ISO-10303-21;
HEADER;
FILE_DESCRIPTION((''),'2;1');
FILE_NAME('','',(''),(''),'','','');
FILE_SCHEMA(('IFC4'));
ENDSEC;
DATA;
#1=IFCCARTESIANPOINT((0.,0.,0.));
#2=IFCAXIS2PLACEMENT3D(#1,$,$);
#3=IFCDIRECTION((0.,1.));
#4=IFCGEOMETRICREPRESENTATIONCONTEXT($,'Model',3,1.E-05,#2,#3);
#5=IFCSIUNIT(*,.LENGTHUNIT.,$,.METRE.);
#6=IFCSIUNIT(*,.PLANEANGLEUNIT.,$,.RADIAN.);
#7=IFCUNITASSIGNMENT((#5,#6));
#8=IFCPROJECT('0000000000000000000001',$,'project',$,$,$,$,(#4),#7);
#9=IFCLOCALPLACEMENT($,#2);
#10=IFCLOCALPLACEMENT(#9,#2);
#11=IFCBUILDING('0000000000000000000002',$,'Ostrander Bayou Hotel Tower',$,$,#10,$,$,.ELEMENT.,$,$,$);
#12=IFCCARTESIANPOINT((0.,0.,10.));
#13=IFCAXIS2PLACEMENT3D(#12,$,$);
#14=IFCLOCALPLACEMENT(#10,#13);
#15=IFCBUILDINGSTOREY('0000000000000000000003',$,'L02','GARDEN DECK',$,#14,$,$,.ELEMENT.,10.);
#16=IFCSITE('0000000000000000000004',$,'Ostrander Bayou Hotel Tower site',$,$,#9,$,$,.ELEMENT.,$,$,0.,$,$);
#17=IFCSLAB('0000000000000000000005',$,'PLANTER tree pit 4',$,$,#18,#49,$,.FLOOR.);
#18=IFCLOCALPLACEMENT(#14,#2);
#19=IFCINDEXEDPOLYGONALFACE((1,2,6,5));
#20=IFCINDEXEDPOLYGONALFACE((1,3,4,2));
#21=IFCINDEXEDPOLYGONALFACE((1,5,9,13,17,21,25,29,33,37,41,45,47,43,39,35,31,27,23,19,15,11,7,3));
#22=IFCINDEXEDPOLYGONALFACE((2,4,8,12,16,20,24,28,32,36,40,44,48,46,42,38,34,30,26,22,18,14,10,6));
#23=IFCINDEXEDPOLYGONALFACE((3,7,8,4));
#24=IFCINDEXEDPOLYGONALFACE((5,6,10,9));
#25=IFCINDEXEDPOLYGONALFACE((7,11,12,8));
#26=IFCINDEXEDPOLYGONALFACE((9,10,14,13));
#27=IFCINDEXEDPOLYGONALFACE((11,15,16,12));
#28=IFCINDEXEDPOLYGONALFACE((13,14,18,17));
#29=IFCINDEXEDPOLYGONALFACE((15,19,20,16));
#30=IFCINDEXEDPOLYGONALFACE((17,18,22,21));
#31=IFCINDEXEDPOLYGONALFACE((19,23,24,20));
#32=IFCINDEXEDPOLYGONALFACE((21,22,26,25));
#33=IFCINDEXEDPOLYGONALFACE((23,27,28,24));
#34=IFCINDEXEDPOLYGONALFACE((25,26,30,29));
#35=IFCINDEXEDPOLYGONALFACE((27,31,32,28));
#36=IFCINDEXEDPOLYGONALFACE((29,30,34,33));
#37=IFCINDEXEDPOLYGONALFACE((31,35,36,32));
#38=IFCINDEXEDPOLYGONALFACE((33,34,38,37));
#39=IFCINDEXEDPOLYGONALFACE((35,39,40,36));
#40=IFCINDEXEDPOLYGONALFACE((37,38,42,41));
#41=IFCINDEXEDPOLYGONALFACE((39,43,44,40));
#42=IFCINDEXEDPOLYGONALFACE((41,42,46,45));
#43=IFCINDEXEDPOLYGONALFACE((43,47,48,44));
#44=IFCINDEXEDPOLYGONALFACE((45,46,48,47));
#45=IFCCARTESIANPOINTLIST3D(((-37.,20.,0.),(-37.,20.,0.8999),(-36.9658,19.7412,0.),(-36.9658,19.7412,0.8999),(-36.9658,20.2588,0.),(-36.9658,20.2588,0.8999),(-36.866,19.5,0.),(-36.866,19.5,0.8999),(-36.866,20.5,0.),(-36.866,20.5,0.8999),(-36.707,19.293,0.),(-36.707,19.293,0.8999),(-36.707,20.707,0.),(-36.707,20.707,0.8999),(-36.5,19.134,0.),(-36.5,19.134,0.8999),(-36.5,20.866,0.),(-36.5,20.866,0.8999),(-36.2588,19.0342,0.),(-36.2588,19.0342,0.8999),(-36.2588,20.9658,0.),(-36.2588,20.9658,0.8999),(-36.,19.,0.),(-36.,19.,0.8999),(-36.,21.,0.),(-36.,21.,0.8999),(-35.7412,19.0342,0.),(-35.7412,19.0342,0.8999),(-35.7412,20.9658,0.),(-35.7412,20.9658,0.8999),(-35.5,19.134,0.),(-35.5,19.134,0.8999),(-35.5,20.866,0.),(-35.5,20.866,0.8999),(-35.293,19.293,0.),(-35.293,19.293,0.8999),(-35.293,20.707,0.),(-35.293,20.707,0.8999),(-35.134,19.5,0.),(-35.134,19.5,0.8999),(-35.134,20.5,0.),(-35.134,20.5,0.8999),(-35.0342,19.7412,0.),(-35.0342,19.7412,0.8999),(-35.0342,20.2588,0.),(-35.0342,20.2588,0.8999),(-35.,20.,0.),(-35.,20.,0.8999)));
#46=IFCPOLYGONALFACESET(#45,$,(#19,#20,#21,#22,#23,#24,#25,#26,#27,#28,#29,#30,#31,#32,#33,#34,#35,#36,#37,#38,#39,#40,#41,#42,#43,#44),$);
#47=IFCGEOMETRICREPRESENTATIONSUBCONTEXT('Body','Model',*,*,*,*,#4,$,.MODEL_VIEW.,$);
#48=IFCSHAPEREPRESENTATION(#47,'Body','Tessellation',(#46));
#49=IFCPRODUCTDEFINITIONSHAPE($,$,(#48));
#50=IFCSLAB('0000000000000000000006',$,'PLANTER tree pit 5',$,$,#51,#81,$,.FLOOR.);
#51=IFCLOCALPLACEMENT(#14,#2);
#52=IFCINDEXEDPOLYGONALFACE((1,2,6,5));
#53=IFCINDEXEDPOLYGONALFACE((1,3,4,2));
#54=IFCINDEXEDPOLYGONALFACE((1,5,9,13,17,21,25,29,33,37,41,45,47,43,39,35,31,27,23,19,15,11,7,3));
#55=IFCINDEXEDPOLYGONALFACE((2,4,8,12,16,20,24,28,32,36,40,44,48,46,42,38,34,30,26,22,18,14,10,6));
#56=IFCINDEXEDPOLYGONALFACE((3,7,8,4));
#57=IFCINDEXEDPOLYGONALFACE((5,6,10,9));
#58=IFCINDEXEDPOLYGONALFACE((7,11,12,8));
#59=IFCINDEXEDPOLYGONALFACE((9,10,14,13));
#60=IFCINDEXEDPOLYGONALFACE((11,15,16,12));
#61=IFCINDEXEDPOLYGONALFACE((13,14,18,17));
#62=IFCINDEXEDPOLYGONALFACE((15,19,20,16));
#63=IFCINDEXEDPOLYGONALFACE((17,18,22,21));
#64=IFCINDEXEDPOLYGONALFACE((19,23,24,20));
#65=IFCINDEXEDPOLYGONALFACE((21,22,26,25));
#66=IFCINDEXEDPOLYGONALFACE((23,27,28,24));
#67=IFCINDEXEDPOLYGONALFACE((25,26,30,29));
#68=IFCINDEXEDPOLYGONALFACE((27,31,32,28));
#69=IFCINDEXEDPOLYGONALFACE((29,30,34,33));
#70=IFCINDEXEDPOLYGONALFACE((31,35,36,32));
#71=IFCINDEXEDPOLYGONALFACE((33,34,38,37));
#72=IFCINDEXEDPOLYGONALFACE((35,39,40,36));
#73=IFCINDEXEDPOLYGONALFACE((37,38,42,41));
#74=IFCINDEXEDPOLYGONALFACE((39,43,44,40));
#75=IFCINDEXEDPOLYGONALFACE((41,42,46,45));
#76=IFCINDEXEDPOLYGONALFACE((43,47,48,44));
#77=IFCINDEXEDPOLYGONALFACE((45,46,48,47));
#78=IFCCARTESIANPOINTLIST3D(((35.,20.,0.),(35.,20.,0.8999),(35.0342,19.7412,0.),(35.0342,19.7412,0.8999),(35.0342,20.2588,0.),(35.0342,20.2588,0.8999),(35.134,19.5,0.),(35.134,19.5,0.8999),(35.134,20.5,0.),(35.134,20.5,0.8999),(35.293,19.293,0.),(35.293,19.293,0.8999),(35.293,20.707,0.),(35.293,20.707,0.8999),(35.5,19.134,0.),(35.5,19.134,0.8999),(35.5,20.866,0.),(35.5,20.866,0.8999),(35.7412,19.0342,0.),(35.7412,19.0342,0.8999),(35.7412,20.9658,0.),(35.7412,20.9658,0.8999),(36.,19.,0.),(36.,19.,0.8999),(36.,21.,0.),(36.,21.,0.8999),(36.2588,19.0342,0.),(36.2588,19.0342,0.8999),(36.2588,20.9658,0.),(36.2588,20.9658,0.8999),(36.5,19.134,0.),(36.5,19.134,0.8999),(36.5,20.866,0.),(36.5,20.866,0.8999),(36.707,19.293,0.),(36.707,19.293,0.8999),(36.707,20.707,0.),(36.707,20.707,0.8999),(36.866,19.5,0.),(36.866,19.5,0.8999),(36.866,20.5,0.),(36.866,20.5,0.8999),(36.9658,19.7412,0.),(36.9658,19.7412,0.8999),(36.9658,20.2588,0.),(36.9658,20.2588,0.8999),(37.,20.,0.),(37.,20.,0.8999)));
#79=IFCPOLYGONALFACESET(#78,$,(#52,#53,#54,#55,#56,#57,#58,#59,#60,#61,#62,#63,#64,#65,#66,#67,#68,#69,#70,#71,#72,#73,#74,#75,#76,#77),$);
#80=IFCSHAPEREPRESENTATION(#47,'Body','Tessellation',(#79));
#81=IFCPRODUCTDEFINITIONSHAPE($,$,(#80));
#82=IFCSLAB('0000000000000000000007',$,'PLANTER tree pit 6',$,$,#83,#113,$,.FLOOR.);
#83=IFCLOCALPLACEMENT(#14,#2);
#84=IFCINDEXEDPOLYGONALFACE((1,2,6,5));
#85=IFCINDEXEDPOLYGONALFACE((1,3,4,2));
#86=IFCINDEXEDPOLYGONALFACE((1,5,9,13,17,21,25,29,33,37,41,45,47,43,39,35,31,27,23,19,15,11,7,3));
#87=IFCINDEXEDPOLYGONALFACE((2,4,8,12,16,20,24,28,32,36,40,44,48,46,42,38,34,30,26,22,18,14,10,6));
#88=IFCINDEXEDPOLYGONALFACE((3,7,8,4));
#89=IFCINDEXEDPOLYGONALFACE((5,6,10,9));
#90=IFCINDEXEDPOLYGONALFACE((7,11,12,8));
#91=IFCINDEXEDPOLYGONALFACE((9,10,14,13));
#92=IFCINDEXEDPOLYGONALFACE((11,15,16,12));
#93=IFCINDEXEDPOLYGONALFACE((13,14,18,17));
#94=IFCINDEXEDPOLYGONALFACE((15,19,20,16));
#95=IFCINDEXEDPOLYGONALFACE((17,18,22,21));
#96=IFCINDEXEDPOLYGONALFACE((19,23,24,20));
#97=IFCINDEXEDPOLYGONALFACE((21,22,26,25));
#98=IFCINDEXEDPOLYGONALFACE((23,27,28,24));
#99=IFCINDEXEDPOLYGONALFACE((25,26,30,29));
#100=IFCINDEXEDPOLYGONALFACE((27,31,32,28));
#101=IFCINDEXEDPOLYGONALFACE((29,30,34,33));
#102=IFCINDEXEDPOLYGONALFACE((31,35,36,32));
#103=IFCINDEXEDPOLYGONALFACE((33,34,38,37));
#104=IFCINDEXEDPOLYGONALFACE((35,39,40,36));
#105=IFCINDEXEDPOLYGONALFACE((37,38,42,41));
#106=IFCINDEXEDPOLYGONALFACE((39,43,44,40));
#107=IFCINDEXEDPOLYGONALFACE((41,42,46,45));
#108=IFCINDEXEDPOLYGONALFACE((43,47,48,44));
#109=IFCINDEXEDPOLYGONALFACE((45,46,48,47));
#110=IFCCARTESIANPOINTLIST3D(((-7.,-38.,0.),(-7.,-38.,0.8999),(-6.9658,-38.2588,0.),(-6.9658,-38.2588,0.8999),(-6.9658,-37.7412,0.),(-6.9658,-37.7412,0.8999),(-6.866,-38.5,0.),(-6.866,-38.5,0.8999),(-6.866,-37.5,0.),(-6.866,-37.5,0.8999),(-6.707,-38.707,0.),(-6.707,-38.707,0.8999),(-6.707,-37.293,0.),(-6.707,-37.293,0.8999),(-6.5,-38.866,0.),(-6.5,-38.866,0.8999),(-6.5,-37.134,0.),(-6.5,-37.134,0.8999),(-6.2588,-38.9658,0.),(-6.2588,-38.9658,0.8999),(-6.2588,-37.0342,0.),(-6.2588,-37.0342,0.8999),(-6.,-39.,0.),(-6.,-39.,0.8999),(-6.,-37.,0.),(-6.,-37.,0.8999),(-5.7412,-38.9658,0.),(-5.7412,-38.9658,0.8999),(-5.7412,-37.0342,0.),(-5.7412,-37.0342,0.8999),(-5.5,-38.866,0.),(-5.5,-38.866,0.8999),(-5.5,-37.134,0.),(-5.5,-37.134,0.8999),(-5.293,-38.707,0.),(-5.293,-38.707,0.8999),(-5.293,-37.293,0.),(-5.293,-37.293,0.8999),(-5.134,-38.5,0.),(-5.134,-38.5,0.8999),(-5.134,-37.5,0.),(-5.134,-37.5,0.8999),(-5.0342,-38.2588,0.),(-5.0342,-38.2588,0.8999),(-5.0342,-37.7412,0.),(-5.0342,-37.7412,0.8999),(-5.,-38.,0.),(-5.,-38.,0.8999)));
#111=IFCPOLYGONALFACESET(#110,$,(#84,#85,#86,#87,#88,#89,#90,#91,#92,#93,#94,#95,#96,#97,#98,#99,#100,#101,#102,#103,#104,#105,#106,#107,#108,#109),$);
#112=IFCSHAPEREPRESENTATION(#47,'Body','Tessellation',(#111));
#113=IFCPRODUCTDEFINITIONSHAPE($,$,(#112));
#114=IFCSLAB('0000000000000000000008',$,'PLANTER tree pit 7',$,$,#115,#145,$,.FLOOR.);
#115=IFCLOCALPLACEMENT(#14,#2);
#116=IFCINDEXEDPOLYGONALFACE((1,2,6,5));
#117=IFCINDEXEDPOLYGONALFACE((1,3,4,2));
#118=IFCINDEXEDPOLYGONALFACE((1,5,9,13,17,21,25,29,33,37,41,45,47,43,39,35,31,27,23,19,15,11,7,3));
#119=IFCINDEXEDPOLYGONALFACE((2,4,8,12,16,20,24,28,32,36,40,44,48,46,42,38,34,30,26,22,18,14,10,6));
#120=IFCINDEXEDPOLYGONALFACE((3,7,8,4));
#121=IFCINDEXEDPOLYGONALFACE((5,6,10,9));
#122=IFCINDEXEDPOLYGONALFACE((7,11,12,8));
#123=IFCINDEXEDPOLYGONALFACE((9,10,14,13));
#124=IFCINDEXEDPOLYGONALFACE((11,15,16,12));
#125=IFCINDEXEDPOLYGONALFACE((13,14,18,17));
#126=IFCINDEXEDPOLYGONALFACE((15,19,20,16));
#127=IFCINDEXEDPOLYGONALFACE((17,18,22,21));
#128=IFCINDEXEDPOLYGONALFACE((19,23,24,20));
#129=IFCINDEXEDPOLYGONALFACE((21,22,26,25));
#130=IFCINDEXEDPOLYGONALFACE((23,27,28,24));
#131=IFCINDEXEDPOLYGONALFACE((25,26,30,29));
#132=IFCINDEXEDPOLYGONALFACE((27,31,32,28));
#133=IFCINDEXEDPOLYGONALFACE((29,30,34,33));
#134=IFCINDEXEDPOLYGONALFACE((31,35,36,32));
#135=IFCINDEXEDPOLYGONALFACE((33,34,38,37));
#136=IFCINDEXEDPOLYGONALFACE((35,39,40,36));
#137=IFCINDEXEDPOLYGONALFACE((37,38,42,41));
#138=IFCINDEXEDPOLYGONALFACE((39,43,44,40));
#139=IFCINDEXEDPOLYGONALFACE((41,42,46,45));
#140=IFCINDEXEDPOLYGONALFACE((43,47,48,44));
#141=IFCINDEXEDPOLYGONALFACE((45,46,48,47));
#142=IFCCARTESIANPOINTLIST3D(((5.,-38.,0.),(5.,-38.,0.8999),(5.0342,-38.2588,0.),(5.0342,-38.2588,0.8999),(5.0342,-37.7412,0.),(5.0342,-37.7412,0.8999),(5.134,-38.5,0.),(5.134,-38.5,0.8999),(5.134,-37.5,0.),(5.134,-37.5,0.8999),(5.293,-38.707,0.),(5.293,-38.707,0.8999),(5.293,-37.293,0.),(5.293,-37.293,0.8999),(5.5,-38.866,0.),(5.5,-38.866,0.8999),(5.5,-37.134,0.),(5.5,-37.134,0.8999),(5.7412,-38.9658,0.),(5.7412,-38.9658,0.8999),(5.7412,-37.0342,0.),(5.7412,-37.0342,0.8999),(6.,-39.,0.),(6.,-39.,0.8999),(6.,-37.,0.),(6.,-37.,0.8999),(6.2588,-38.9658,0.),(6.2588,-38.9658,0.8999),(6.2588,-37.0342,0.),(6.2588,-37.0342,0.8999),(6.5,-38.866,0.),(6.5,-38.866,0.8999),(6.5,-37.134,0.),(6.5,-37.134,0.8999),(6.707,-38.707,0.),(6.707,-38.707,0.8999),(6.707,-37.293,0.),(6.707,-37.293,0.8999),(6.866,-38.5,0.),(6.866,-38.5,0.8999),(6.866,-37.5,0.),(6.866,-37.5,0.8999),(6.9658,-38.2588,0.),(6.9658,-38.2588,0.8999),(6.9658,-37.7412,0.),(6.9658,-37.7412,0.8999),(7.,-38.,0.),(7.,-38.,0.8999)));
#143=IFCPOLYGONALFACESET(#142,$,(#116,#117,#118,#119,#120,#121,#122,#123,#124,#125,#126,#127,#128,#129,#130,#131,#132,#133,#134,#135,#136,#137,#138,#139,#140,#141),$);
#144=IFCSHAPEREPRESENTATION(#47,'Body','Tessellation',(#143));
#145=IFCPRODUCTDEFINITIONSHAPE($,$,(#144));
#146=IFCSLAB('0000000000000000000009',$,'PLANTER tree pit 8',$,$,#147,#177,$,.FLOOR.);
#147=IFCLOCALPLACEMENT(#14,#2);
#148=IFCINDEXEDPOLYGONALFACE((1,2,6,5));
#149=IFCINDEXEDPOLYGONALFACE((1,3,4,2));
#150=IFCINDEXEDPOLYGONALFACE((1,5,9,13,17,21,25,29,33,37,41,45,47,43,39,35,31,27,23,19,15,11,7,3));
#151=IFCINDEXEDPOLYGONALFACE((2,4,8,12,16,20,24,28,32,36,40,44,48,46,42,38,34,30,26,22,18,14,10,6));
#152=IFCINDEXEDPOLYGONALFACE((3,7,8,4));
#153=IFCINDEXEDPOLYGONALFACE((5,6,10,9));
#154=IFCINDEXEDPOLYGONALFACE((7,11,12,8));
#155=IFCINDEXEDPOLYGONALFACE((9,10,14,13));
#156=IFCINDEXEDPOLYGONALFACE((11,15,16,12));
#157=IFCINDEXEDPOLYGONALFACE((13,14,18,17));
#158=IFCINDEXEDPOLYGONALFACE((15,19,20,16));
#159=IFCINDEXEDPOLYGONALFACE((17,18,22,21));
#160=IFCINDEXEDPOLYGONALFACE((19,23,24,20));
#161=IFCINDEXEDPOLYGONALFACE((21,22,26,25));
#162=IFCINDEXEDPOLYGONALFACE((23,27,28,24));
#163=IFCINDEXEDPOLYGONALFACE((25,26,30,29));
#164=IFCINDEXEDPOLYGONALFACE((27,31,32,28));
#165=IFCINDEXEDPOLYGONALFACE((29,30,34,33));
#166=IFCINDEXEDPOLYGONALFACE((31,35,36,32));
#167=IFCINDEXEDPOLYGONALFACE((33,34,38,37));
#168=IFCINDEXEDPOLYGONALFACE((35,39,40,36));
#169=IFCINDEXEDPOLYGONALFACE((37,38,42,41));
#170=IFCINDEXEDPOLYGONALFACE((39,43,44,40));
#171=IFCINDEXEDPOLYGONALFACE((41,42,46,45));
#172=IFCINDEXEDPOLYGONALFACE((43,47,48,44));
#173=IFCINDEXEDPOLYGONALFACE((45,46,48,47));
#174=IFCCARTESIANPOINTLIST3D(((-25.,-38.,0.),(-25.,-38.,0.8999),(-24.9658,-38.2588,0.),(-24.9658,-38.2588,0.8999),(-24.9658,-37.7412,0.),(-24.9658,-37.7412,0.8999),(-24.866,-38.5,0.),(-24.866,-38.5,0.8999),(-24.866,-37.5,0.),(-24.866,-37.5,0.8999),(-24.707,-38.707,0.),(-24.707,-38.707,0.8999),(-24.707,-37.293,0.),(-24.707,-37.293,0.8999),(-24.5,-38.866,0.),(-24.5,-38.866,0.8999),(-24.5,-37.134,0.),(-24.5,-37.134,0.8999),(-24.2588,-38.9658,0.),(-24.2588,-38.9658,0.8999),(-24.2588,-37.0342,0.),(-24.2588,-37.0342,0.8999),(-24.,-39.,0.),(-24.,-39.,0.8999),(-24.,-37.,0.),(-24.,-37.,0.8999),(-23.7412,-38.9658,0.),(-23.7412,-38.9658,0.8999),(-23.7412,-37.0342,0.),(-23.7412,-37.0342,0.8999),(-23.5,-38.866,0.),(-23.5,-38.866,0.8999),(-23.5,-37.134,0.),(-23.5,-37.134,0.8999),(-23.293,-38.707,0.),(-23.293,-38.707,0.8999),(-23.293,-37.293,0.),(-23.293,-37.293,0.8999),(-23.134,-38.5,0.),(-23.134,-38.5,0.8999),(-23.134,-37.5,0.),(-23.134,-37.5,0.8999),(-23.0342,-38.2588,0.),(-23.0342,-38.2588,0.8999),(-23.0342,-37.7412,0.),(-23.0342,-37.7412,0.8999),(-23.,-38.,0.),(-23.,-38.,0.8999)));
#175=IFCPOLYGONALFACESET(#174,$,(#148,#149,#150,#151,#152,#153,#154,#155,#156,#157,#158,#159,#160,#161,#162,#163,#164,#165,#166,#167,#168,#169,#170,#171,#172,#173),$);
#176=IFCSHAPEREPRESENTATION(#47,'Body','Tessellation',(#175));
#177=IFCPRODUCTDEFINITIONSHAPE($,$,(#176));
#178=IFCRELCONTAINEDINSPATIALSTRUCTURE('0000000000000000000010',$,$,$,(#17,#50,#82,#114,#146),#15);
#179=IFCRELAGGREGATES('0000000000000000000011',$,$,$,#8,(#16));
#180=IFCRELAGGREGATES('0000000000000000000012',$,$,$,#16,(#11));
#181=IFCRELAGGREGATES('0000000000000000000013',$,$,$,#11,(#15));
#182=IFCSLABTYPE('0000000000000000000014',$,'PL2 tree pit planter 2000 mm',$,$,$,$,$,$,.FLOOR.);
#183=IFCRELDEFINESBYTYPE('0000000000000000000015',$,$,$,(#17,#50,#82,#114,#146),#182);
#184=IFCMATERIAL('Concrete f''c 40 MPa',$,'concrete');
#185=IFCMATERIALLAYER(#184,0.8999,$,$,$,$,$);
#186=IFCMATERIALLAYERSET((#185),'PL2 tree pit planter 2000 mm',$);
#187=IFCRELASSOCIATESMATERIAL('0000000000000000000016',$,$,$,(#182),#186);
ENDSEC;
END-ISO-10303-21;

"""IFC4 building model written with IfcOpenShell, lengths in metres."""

from ifc_helpers import new_model, si_unit, direction, frame, origin, place, context, subcontext, project, spatial, polyline, outline, extrude, material, layer, layer_set, type_object, element, save


model = new_model("IFC4")

# Units and contexts
model_context = context("Model", 3, precision=1e-05, world=origin(), true_north=direction((0.0, 1.0)))
body_context = subcontext(model_context, "Body", "Model", "MODEL_VIEW")
ifc_project = project(units=[si_unit("LENGTHUNIT", "METRE"), si_unit("PLANEANGLEUNIT", "RADIAN")], contexts=[model_context])

# Site, building, storey
site_placement = place(None, origin())
site = spatial("IfcSite", under=ifc_project, at=site_placement, Name="Ostrander Bayou Hotel Tower site", CompositionType="ELEMENT", RefElevation=0.0)
building_placement = place(site_placement, origin())
building = spatial("IfcBuilding", under=site, at=building_placement, Name="Ostrander Bayou Hotel Tower", CompositionType="ELEMENT")
storey_placement = place(building_placement, frame((0.0, 0.0, 10.0)))
storey = spatial("IfcBuildingStorey", under=building, at=storey_placement, Name="L02", Description="GARDEN DECK", CompositionType="ELEMENT", Elevation=10.0)

# Slabs
ifc_material_1 = material(Name="Concrete f'c 40 MPa", Category="concrete")
ifc_layer_1 = layer(ifc_material_1, 0.8999)
ifc_layer_set_1 = layer_set([ifc_layer_1], Name="PL2 tree pit planter 2000 mm")
slab_type_1 = type_object("IfcSlabType", Name="PL2 tree pit planter 2000 mm", PredefinedType="FLOOR", material=ifc_layer_set_1)
slab_1_placement = place(storey_placement, origin())
element("IfcSlab", 1, at=slab_1_placement, inside=storey, type_object=slab_type_1, Name="PLANTER tree pit 4", PredefinedType="FLOOR", context=body_context, shape_type="SweptSolid", body=[
    extrude(outline(polyline([(-35.0, 20.0), (-35.0342, 19.7412), (-35.134, 19.5), (-35.293, 19.293), (-35.5, 19.134), (-35.7412, 19.0342), (-36.0, 19.0), (-36.2588, 19.0342), (-36.5, 19.134), (-36.707, 19.293), (-36.866, 19.5), (-36.9658, 19.7412), (-37.0, 20.0), (-36.9658, 20.2588), (-36.866, 20.5), (-36.707, 20.707), (-36.5, 20.866), (-36.2588, 20.9658), (-36.0, 21.0), (-35.7412, 20.9658), (-35.5, 20.866), (-35.293, 20.707), (-35.134, 20.5), (-35.0342, 20.2588), (-35.0, 20.0)])), origin(), (0.0, 0.0, 1.0), 0.8999),
])
slab_2_placement = place(storey_placement, origin())
element("IfcSlab", 2, at=slab_2_placement, inside=storey, type_object=slab_type_1, Name="PLANTER tree pit 5", PredefinedType="FLOOR", context=body_context, shape_type="SweptSolid", body=[
    extrude(outline(polyline([(37.0, 20.0), (36.9658, 19.7412), (36.866, 19.5), (36.707, 19.293), (36.5, 19.134), (36.2588, 19.0342), (36.0, 19.0), (35.7412, 19.0342), (35.5, 19.134), (35.293, 19.293), (35.134, 19.5), (35.0342, 19.7412), (35.0, 20.0), (35.0342, 20.2588), (35.134, 20.5), (35.293, 20.707), (35.5, 20.866), (35.7412, 20.9658), (36.0, 21.0), (36.2588, 20.9658), (36.5, 20.866), (36.707, 20.707), (36.866, 20.5), (36.9658, 20.2588), (37.0, 20.0)])), origin(), (0.0, 0.0, 1.0), 0.8999),
])
slab_3_placement = place(storey_placement, origin())
element("IfcSlab", 3, at=slab_3_placement, inside=storey, type_object=slab_type_1, Name="PLANTER tree pit 6", PredefinedType="FLOOR", context=body_context, shape_type="SweptSolid", body=[
    extrude(outline(polyline([(-5.0, -38.0), (-5.0342, -38.2588), (-5.134, -38.5), (-5.293, -38.707), (-5.5, -38.866), (-5.7412, -38.9658), (-6.0, -39.0), (-6.2588, -38.9658), (-6.5, -38.866), (-6.707, -38.707), (-6.866, -38.5), (-6.9658, -38.2588), (-7.0, -38.0), (-6.9658, -37.7412), (-6.866, -37.5), (-6.707, -37.293), (-6.5, -37.134), (-6.2588, -37.0342), (-6.0, -37.0), (-5.7412, -37.0342), (-5.5, -37.134), (-5.293, -37.293), (-5.134, -37.5), (-5.0342, -37.7412), (-5.0, -38.0)])), origin(), (0.0, 0.0, 1.0), 0.8999),
])
slab_4_placement = place(storey_placement, origin())
element("IfcSlab", 4, at=slab_4_placement, inside=storey, type_object=slab_type_1, Name="PLANTER tree pit 7", PredefinedType="FLOOR", context=body_context, shape_type="SweptSolid", body=[
    extrude(outline(polyline([(7.0, -38.0), (6.9658, -38.2588), (6.866, -38.5), (6.707, -38.707), (6.5, -38.866), (6.2588, -38.9658), (6.0, -39.0), (5.7412, -38.9658), (5.5, -38.866), (5.293, -38.707), (5.134, -38.5), (5.0342, -38.2588), (5.0, -38.0), (5.0342, -37.7412), (5.134, -37.5), (5.293, -37.293), (5.5, -37.134), (5.7412, -37.0342), (6.0, -37.0), (6.2588, -37.0342), (6.5, -37.134), (6.707, -37.293), (6.866, -37.5), (6.9658, -37.7412), (7.0, -38.0)])), origin(), (0.0, 0.0, 1.0), 0.8999),
])
slab_5_placement = place(storey_placement, origin())
element("IfcSlab", 5, at=slab_5_placement, inside=storey, type_object=slab_type_1, Name="PLANTER tree pit 8", PredefinedType="FLOOR", context=body_context, shape_type="SweptSolid", body=[
    extrude(outline(polyline([(-23.0, -38.0), (-23.0342, -38.2588), (-23.134, -38.5), (-23.293, -38.707), (-23.5, -38.866), (-23.7412, -38.9658), (-24.0, -39.0), (-24.2588, -38.9658), (-24.5, -38.866), (-24.707, -38.707), (-24.866, -38.5), (-24.9658, -38.2588), (-25.0, -38.0), (-24.9658, -37.7412), (-24.866, -37.5), (-24.707, -37.293), (-24.5, -37.134), (-24.2588, -37.0342), (-24.0, -37.0), (-23.7412, -37.0342), (-23.5, -37.134), (-23.293, -37.293), (-23.134, -37.5), (-23.0342, -37.7412), (-23.0, -38.0)])), origin(), (0.0, 0.0, 1.0), 0.8999),
])

save(model, "model.ifc")
